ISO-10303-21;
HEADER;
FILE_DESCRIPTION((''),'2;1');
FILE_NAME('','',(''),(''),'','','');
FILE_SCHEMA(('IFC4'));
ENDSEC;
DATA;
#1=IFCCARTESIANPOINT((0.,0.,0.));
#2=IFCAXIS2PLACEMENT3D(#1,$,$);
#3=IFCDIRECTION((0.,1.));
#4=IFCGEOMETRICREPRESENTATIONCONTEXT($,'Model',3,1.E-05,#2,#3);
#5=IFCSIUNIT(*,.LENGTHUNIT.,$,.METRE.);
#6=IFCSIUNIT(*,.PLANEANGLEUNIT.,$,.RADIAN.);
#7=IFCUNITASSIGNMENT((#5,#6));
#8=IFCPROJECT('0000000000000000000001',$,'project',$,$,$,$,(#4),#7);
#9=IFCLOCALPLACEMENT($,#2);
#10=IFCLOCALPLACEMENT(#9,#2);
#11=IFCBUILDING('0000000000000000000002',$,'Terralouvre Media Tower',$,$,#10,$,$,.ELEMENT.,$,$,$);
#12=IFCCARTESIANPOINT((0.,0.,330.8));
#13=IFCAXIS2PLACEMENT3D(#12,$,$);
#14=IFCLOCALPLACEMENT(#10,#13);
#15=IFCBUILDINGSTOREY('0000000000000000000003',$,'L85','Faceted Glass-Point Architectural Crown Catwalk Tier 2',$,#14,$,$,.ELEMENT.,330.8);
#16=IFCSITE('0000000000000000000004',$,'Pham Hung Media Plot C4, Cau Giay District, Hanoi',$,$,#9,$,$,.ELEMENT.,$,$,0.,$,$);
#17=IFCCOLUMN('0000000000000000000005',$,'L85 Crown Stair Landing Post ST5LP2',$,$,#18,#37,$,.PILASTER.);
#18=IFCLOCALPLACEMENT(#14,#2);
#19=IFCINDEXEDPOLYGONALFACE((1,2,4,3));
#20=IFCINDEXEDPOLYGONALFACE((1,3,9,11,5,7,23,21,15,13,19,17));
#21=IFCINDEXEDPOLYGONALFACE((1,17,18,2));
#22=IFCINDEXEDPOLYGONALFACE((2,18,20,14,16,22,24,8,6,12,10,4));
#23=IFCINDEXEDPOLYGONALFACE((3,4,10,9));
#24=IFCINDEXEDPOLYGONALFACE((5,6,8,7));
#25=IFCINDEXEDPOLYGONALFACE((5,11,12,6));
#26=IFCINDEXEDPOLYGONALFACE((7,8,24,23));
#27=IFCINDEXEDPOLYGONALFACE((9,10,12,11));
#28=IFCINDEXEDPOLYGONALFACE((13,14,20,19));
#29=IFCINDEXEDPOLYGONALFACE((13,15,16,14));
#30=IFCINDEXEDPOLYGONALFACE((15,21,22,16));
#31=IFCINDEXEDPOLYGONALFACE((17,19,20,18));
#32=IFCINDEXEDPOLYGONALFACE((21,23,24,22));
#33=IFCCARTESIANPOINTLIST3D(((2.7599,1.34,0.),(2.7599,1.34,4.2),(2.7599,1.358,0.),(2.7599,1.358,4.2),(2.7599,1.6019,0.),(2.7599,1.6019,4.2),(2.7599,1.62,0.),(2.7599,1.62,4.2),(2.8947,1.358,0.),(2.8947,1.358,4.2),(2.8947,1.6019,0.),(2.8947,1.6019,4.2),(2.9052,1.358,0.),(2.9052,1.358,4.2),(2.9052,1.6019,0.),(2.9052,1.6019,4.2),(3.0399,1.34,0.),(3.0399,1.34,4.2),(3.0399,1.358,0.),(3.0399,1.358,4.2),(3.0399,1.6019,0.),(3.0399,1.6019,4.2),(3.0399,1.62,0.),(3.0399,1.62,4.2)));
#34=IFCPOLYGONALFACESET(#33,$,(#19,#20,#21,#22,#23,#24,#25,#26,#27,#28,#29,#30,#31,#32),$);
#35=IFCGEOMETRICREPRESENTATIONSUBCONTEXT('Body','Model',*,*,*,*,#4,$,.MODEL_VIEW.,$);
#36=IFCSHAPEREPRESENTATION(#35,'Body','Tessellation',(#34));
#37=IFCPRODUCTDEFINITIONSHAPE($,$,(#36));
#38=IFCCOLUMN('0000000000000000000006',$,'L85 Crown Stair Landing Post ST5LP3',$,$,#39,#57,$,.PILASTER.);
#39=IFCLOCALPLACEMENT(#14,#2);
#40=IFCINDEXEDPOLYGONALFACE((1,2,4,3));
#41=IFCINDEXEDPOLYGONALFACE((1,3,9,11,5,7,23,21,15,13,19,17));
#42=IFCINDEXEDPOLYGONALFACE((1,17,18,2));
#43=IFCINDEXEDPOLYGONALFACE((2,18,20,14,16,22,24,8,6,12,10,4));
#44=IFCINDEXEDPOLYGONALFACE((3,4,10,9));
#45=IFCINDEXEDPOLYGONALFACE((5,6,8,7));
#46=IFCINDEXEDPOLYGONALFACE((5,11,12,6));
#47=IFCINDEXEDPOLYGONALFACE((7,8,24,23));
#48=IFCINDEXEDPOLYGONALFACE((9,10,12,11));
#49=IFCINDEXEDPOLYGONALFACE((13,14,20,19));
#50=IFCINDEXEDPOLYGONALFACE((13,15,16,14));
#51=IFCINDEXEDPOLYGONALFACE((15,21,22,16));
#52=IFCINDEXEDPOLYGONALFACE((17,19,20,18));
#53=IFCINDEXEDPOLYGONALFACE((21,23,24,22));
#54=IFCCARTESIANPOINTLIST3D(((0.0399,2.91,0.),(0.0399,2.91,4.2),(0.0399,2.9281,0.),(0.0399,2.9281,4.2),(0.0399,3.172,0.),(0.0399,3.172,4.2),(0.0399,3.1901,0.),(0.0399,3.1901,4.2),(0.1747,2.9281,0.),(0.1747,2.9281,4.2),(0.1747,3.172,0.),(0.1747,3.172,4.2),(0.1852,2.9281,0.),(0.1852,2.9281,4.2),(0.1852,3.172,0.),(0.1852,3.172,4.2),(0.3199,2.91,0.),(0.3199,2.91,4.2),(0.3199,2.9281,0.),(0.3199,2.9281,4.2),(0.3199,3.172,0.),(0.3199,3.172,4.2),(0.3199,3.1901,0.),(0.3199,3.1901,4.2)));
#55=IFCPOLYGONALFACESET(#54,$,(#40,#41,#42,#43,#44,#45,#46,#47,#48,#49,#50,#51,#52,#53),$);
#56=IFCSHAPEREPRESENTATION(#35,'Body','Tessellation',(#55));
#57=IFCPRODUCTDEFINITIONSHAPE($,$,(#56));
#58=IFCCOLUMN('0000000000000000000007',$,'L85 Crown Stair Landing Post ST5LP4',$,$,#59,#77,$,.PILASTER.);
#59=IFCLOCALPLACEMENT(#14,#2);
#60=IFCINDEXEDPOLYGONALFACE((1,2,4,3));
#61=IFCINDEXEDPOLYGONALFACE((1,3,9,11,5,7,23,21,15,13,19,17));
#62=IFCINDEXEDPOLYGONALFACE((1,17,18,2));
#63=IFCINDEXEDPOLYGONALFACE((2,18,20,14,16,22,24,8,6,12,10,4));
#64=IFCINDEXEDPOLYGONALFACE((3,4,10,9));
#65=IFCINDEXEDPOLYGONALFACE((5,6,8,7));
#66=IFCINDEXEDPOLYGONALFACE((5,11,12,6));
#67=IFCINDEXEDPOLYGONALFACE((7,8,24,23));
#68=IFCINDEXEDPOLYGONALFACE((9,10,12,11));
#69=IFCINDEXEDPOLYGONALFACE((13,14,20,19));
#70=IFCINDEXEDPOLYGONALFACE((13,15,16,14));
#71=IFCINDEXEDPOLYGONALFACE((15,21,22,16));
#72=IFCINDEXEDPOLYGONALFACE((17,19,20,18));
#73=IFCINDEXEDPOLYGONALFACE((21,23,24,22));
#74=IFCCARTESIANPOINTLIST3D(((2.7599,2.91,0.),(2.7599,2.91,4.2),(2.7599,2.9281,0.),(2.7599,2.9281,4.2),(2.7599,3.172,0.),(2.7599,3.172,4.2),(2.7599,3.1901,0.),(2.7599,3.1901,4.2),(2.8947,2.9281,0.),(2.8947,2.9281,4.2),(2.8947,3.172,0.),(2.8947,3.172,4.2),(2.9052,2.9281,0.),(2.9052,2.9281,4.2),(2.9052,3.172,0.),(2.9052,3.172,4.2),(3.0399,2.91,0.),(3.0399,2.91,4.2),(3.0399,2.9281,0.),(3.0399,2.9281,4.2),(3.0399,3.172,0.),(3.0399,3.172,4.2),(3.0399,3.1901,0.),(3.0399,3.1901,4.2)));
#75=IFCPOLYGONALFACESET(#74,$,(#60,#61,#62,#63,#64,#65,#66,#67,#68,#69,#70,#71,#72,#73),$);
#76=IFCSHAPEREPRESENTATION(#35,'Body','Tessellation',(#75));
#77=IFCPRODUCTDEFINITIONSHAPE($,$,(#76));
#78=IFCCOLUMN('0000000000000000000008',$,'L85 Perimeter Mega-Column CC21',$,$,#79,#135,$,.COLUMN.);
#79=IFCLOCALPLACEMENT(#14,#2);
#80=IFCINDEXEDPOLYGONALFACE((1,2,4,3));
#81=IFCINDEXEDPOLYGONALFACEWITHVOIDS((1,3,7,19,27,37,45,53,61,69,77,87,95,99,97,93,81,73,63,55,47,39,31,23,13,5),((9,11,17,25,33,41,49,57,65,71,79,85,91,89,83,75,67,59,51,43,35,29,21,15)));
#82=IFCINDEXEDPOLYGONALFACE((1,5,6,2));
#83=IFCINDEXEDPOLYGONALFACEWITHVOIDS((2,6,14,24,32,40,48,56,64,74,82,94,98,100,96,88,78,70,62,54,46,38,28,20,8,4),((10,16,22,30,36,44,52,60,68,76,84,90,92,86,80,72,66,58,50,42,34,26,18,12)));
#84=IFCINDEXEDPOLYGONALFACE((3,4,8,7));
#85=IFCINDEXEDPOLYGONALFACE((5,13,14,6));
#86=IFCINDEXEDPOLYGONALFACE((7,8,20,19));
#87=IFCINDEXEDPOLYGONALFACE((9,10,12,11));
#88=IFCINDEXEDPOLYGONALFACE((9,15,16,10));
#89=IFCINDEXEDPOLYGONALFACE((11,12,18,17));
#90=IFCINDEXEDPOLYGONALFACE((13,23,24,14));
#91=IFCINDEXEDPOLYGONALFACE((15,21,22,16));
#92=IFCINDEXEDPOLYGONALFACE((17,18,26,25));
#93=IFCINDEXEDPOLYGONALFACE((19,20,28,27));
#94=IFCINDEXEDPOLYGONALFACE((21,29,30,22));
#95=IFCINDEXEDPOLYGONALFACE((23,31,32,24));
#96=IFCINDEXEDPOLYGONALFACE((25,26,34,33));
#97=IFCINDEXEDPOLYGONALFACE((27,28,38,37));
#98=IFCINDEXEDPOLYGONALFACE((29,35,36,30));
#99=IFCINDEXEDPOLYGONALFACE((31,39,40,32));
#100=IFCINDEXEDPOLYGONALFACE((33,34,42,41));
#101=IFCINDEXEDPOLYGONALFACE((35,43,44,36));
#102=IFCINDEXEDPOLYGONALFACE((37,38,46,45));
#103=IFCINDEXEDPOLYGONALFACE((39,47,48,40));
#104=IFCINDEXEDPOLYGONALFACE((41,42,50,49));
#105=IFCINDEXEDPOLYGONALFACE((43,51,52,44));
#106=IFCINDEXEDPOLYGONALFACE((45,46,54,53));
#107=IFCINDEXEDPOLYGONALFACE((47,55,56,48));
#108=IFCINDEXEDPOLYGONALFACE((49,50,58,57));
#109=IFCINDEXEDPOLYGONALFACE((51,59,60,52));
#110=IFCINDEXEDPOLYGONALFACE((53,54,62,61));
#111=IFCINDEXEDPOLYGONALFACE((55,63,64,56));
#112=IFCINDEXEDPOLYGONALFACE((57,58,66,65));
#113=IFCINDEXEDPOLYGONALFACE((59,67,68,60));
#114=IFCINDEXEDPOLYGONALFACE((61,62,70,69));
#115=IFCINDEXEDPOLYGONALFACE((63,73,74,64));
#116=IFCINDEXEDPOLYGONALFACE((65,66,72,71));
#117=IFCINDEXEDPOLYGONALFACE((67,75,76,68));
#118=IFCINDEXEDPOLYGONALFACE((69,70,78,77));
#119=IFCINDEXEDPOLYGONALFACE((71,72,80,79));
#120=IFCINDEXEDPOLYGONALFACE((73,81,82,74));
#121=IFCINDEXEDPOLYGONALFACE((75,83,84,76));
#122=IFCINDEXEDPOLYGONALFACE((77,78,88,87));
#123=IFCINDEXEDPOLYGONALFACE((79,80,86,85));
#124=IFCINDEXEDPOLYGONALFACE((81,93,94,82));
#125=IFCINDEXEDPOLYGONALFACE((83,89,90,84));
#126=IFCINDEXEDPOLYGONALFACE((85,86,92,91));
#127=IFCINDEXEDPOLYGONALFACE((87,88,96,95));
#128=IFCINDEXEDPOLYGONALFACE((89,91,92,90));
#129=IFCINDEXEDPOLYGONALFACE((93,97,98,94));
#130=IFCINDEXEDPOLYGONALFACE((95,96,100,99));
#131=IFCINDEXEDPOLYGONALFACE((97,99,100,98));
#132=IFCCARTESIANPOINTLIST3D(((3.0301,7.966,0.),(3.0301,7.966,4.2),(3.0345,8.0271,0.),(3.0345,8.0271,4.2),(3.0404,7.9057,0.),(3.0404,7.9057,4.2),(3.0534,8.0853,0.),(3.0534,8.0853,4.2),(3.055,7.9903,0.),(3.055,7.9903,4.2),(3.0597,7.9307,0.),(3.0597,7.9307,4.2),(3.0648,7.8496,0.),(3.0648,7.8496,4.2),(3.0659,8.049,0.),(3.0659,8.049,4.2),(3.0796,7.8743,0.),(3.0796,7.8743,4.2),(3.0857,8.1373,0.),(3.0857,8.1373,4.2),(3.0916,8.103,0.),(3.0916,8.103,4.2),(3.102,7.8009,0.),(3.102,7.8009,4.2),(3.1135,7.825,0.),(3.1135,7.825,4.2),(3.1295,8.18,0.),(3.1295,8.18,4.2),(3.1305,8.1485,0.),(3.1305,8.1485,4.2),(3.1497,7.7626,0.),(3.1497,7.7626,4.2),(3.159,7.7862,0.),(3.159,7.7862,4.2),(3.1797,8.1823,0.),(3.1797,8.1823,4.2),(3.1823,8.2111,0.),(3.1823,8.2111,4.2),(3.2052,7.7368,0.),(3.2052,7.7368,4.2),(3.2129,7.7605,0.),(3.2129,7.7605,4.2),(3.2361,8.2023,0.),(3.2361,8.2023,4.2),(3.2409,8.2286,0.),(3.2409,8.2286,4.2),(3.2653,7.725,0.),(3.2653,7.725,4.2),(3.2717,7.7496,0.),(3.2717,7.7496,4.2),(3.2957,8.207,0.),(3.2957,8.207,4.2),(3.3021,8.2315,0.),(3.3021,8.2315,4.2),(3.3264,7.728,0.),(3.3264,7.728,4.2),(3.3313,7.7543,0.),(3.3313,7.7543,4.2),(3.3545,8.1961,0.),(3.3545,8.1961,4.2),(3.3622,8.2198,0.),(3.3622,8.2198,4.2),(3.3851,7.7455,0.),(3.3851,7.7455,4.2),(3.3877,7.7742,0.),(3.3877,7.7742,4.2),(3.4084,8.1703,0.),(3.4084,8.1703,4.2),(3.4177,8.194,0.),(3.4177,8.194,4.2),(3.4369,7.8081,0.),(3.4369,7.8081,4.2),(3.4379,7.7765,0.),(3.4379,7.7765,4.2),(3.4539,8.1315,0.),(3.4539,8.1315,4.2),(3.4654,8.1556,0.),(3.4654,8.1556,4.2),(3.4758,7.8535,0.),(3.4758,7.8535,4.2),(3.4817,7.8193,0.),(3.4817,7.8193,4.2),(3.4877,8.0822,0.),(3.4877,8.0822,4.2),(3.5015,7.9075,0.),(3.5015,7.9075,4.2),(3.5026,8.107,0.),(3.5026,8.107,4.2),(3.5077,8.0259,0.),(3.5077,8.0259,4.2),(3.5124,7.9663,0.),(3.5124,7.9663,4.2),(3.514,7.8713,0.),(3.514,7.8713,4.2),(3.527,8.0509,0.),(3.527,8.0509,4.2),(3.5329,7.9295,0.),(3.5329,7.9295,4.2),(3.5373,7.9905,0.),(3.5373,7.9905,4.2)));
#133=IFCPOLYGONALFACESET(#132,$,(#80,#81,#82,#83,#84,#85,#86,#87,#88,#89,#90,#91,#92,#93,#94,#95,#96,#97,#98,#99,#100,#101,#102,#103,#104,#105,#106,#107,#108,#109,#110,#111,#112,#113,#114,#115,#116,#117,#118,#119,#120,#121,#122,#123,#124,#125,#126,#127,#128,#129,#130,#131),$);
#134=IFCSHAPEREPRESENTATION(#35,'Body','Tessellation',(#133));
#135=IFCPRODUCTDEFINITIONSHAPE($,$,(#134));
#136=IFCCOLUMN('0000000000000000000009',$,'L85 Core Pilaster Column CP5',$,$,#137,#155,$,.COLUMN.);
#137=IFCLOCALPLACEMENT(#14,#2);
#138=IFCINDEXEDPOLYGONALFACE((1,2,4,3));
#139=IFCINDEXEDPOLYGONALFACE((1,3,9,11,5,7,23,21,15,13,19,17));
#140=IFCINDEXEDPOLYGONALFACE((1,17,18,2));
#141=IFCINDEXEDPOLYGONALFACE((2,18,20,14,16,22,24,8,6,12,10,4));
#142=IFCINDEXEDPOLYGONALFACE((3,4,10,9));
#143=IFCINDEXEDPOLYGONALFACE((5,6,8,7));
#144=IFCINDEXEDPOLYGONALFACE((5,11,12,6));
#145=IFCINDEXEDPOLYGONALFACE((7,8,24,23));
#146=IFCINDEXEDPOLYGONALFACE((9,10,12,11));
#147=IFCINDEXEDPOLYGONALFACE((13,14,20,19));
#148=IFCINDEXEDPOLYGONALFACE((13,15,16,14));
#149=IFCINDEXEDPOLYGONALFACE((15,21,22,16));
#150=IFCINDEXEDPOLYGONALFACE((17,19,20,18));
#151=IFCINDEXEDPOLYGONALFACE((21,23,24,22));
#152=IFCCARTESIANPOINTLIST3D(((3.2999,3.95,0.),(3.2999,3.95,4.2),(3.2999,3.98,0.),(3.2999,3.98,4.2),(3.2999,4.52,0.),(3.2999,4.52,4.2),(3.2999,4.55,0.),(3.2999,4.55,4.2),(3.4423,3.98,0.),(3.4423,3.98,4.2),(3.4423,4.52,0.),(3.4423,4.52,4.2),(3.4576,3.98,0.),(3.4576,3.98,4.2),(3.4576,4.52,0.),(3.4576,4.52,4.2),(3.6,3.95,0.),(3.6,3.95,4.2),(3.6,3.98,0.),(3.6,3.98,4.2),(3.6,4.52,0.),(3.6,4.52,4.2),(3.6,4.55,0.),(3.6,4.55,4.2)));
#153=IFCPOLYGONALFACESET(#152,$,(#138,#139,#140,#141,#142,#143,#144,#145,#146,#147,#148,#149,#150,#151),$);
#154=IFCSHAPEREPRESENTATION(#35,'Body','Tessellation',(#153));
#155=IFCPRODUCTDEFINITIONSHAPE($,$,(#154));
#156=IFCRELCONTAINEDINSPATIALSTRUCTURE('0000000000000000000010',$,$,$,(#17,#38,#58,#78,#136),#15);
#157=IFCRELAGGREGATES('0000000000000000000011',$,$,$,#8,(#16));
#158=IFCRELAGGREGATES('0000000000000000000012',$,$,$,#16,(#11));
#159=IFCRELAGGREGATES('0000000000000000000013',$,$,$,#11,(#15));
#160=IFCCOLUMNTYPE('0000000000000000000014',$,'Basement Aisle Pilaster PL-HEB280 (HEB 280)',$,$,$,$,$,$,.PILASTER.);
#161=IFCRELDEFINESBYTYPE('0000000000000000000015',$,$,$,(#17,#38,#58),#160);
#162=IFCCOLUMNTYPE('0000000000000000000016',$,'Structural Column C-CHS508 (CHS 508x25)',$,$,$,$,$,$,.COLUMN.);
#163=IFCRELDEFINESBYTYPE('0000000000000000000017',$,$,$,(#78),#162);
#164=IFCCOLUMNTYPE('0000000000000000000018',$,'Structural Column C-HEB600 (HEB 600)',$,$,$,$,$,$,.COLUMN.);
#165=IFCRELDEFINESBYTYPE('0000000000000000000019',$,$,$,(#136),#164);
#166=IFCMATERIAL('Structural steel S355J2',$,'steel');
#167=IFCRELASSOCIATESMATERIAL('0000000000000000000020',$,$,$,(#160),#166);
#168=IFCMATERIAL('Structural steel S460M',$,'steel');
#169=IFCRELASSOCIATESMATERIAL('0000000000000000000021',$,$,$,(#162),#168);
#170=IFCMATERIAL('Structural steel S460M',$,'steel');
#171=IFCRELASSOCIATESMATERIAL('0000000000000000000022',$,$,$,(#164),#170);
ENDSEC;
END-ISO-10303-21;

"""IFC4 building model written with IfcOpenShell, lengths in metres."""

from ifc_helpers import new_model, si_unit, direction, frame, origin, origin_2d, place, context, subcontext, project, spatial, hollow_circle, i_section, extrude, material, material_profile, profile_set, type_object, element, save


model = new_model("IFC4")

# Units and contexts
model_context = context("Model", 3, precision=1e-05, world=origin(), true_north=direction((0.0, 1.0)))
body_context = subcontext(model_context, "Body", "Model", "MODEL_VIEW")
ifc_project = project(units=[si_unit("LENGTHUNIT", "METRE"), si_unit("PLANEANGLEUNIT", "RADIAN")], contexts=[model_context])

# Site, building, storey
site_placement = place(None, origin())
site = spatial("IfcSite", under=ifc_project, at=site_placement, Name="Pham Hung Media Plot C4, Cau Giay District, Hanoi", CompositionType="ELEMENT", RefElevation=0.0)
building_placement = place(site_placement, origin())
building = spatial("IfcBuilding", under=site, at=building_placement, Name="Terralouvre Media Tower", CompositionType="ELEMENT")
storey_placement = place(building_placement, frame((0.0, 0.0, 330.8)))
storey = spatial("IfcBuildingStorey", under=building, at=storey_placement, Name="L85", Description="Faceted Glass-Point Architectural Crown Catwalk Tier 2", CompositionType="ELEMENT", Elevation=330.8)

# Columns
ifc_material_1 = material(Name="Structural steel S355J2", Category="steel")
ifc_material_profile_1 = material_profile(ifc_material_1, i_section(OverallWidth=0.28, OverallDepth=0.28, WebThickness=0.0105, FlangeThickness=0.0181, at=origin_2d()), Name="HEB 280")
ifc_profile_set_1 = profile_set([ifc_material_profile_1], Name="Structural steel S355J2")
column_type_1 = type_object("IfcColumnType", Name="Basement Aisle Pilaster PL-HEB280 (HEB 280)", PredefinedType="PILASTER", material=ifc_profile_set_1)
for number, where, z_axis, x_axis, name in (
    (1, (2.8999, 1.48, 0.0), (0.0, 0.0, 1.0), (1.0, 0.0, 0.0), "L85 Crown Stair Landing Post ST5LP2"),
    (2, (0.1799, 3.05, 0.0), (0.0, 0.0, 1.0), (1.0, 0.0, 0.0), "L85 Crown Stair Landing Post ST5LP3"),
    (3, (2.8999, 3.05, 0.0), (0.0, 0.0, 1.0), (1.0, 0.0, 0.0), "L85 Crown Stair Landing Post ST5LP4"),
):
    element("IfcColumn", number, at=place(storey_placement, frame(where, z_axis=z_axis, x_axis=x_axis)), inside=storey, type_object=column_type_1, Name=name, PredefinedType="PILASTER", context=body_context, shape_type="SweptSolid", body=[
        extrude(i_section(OverallWidth=0.28, OverallDepth=0.28, WebThickness=0.0105, FlangeThickness=0.0181, at=origin_2d()), origin(), (0.0, 0.0, 1.0), 4.2),
    ])
ifc_material_2 = material(Name="Structural steel S460M", Category="steel")
ifc_material_profile_2 = material_profile(ifc_material_2, hollow_circle(Radius=0.2539, WallThickness=0.0249, at=origin_2d()), Name="CHS 508x25")
ifc_profile_set_2 = profile_set([ifc_material_profile_2], Name="Structural steel S460M")
column_type_2 = type_object("IfcColumnType", Name="Structural Column C-CHS508 (CHS 508x25)", PredefinedType="COLUMN", material=ifc_profile_set_2)
column_1_placement = place(storey_placement, frame((3.2837, 7.9783, 0.0), z_axis=(0.0, 0.0, 1.0), x_axis=(0.309017, 0.951057, 0.0)))
element("IfcColumn", 4, at=column_1_placement, inside=storey, type_object=column_type_2, Name="L85 Perimeter Mega-Column CC21", PredefinedType="COLUMN", context=body_context, shape_type="SweptSolid", body=[
    extrude(hollow_circle(Radius=0.2539, WallThickness=0.0249, at=origin_2d()), origin(), (0.0, 0.0, 1.0), 4.2),
])
ifc_material_3 = material(Name="Structural steel S460M", Category="steel")
ifc_material_profile_3 = material_profile(ifc_material_3, i_section(OverallWidth=0.3, OverallDepth=0.6001, WebThickness=0.0154, FlangeThickness=0.03, at=origin_2d()), Name="HEB 600")
ifc_profile_set_3 = profile_set([ifc_material_profile_3], Name="Structural steel S460M")
column_type_3 = type_object("IfcColumnType", Name="Structural Column C-HEB600 (HEB 600)", PredefinedType="COLUMN", material=ifc_profile_set_3)
column_2_placement = place(storey_placement, frame((3.45, 4.25, 0.0), z_axis=(0.0, 0.0, 1.0), x_axis=(1.0, 0.0, 0.0)))
element("IfcColumn", 5, at=column_2_placement, inside=storey, type_object=column_type_3, Name="L85 Core Pilaster Column CP5", PredefinedType="COLUMN", context=body_context, shape_type="SweptSolid", body=[
    extrude(i_section(OverallWidth=0.3, OverallDepth=0.6001, WebThickness=0.0154, FlangeThickness=0.03, at=origin_2d()), origin(), (0.0, 0.0, 1.0), 4.2),
])

save(model, "model.ifc")
